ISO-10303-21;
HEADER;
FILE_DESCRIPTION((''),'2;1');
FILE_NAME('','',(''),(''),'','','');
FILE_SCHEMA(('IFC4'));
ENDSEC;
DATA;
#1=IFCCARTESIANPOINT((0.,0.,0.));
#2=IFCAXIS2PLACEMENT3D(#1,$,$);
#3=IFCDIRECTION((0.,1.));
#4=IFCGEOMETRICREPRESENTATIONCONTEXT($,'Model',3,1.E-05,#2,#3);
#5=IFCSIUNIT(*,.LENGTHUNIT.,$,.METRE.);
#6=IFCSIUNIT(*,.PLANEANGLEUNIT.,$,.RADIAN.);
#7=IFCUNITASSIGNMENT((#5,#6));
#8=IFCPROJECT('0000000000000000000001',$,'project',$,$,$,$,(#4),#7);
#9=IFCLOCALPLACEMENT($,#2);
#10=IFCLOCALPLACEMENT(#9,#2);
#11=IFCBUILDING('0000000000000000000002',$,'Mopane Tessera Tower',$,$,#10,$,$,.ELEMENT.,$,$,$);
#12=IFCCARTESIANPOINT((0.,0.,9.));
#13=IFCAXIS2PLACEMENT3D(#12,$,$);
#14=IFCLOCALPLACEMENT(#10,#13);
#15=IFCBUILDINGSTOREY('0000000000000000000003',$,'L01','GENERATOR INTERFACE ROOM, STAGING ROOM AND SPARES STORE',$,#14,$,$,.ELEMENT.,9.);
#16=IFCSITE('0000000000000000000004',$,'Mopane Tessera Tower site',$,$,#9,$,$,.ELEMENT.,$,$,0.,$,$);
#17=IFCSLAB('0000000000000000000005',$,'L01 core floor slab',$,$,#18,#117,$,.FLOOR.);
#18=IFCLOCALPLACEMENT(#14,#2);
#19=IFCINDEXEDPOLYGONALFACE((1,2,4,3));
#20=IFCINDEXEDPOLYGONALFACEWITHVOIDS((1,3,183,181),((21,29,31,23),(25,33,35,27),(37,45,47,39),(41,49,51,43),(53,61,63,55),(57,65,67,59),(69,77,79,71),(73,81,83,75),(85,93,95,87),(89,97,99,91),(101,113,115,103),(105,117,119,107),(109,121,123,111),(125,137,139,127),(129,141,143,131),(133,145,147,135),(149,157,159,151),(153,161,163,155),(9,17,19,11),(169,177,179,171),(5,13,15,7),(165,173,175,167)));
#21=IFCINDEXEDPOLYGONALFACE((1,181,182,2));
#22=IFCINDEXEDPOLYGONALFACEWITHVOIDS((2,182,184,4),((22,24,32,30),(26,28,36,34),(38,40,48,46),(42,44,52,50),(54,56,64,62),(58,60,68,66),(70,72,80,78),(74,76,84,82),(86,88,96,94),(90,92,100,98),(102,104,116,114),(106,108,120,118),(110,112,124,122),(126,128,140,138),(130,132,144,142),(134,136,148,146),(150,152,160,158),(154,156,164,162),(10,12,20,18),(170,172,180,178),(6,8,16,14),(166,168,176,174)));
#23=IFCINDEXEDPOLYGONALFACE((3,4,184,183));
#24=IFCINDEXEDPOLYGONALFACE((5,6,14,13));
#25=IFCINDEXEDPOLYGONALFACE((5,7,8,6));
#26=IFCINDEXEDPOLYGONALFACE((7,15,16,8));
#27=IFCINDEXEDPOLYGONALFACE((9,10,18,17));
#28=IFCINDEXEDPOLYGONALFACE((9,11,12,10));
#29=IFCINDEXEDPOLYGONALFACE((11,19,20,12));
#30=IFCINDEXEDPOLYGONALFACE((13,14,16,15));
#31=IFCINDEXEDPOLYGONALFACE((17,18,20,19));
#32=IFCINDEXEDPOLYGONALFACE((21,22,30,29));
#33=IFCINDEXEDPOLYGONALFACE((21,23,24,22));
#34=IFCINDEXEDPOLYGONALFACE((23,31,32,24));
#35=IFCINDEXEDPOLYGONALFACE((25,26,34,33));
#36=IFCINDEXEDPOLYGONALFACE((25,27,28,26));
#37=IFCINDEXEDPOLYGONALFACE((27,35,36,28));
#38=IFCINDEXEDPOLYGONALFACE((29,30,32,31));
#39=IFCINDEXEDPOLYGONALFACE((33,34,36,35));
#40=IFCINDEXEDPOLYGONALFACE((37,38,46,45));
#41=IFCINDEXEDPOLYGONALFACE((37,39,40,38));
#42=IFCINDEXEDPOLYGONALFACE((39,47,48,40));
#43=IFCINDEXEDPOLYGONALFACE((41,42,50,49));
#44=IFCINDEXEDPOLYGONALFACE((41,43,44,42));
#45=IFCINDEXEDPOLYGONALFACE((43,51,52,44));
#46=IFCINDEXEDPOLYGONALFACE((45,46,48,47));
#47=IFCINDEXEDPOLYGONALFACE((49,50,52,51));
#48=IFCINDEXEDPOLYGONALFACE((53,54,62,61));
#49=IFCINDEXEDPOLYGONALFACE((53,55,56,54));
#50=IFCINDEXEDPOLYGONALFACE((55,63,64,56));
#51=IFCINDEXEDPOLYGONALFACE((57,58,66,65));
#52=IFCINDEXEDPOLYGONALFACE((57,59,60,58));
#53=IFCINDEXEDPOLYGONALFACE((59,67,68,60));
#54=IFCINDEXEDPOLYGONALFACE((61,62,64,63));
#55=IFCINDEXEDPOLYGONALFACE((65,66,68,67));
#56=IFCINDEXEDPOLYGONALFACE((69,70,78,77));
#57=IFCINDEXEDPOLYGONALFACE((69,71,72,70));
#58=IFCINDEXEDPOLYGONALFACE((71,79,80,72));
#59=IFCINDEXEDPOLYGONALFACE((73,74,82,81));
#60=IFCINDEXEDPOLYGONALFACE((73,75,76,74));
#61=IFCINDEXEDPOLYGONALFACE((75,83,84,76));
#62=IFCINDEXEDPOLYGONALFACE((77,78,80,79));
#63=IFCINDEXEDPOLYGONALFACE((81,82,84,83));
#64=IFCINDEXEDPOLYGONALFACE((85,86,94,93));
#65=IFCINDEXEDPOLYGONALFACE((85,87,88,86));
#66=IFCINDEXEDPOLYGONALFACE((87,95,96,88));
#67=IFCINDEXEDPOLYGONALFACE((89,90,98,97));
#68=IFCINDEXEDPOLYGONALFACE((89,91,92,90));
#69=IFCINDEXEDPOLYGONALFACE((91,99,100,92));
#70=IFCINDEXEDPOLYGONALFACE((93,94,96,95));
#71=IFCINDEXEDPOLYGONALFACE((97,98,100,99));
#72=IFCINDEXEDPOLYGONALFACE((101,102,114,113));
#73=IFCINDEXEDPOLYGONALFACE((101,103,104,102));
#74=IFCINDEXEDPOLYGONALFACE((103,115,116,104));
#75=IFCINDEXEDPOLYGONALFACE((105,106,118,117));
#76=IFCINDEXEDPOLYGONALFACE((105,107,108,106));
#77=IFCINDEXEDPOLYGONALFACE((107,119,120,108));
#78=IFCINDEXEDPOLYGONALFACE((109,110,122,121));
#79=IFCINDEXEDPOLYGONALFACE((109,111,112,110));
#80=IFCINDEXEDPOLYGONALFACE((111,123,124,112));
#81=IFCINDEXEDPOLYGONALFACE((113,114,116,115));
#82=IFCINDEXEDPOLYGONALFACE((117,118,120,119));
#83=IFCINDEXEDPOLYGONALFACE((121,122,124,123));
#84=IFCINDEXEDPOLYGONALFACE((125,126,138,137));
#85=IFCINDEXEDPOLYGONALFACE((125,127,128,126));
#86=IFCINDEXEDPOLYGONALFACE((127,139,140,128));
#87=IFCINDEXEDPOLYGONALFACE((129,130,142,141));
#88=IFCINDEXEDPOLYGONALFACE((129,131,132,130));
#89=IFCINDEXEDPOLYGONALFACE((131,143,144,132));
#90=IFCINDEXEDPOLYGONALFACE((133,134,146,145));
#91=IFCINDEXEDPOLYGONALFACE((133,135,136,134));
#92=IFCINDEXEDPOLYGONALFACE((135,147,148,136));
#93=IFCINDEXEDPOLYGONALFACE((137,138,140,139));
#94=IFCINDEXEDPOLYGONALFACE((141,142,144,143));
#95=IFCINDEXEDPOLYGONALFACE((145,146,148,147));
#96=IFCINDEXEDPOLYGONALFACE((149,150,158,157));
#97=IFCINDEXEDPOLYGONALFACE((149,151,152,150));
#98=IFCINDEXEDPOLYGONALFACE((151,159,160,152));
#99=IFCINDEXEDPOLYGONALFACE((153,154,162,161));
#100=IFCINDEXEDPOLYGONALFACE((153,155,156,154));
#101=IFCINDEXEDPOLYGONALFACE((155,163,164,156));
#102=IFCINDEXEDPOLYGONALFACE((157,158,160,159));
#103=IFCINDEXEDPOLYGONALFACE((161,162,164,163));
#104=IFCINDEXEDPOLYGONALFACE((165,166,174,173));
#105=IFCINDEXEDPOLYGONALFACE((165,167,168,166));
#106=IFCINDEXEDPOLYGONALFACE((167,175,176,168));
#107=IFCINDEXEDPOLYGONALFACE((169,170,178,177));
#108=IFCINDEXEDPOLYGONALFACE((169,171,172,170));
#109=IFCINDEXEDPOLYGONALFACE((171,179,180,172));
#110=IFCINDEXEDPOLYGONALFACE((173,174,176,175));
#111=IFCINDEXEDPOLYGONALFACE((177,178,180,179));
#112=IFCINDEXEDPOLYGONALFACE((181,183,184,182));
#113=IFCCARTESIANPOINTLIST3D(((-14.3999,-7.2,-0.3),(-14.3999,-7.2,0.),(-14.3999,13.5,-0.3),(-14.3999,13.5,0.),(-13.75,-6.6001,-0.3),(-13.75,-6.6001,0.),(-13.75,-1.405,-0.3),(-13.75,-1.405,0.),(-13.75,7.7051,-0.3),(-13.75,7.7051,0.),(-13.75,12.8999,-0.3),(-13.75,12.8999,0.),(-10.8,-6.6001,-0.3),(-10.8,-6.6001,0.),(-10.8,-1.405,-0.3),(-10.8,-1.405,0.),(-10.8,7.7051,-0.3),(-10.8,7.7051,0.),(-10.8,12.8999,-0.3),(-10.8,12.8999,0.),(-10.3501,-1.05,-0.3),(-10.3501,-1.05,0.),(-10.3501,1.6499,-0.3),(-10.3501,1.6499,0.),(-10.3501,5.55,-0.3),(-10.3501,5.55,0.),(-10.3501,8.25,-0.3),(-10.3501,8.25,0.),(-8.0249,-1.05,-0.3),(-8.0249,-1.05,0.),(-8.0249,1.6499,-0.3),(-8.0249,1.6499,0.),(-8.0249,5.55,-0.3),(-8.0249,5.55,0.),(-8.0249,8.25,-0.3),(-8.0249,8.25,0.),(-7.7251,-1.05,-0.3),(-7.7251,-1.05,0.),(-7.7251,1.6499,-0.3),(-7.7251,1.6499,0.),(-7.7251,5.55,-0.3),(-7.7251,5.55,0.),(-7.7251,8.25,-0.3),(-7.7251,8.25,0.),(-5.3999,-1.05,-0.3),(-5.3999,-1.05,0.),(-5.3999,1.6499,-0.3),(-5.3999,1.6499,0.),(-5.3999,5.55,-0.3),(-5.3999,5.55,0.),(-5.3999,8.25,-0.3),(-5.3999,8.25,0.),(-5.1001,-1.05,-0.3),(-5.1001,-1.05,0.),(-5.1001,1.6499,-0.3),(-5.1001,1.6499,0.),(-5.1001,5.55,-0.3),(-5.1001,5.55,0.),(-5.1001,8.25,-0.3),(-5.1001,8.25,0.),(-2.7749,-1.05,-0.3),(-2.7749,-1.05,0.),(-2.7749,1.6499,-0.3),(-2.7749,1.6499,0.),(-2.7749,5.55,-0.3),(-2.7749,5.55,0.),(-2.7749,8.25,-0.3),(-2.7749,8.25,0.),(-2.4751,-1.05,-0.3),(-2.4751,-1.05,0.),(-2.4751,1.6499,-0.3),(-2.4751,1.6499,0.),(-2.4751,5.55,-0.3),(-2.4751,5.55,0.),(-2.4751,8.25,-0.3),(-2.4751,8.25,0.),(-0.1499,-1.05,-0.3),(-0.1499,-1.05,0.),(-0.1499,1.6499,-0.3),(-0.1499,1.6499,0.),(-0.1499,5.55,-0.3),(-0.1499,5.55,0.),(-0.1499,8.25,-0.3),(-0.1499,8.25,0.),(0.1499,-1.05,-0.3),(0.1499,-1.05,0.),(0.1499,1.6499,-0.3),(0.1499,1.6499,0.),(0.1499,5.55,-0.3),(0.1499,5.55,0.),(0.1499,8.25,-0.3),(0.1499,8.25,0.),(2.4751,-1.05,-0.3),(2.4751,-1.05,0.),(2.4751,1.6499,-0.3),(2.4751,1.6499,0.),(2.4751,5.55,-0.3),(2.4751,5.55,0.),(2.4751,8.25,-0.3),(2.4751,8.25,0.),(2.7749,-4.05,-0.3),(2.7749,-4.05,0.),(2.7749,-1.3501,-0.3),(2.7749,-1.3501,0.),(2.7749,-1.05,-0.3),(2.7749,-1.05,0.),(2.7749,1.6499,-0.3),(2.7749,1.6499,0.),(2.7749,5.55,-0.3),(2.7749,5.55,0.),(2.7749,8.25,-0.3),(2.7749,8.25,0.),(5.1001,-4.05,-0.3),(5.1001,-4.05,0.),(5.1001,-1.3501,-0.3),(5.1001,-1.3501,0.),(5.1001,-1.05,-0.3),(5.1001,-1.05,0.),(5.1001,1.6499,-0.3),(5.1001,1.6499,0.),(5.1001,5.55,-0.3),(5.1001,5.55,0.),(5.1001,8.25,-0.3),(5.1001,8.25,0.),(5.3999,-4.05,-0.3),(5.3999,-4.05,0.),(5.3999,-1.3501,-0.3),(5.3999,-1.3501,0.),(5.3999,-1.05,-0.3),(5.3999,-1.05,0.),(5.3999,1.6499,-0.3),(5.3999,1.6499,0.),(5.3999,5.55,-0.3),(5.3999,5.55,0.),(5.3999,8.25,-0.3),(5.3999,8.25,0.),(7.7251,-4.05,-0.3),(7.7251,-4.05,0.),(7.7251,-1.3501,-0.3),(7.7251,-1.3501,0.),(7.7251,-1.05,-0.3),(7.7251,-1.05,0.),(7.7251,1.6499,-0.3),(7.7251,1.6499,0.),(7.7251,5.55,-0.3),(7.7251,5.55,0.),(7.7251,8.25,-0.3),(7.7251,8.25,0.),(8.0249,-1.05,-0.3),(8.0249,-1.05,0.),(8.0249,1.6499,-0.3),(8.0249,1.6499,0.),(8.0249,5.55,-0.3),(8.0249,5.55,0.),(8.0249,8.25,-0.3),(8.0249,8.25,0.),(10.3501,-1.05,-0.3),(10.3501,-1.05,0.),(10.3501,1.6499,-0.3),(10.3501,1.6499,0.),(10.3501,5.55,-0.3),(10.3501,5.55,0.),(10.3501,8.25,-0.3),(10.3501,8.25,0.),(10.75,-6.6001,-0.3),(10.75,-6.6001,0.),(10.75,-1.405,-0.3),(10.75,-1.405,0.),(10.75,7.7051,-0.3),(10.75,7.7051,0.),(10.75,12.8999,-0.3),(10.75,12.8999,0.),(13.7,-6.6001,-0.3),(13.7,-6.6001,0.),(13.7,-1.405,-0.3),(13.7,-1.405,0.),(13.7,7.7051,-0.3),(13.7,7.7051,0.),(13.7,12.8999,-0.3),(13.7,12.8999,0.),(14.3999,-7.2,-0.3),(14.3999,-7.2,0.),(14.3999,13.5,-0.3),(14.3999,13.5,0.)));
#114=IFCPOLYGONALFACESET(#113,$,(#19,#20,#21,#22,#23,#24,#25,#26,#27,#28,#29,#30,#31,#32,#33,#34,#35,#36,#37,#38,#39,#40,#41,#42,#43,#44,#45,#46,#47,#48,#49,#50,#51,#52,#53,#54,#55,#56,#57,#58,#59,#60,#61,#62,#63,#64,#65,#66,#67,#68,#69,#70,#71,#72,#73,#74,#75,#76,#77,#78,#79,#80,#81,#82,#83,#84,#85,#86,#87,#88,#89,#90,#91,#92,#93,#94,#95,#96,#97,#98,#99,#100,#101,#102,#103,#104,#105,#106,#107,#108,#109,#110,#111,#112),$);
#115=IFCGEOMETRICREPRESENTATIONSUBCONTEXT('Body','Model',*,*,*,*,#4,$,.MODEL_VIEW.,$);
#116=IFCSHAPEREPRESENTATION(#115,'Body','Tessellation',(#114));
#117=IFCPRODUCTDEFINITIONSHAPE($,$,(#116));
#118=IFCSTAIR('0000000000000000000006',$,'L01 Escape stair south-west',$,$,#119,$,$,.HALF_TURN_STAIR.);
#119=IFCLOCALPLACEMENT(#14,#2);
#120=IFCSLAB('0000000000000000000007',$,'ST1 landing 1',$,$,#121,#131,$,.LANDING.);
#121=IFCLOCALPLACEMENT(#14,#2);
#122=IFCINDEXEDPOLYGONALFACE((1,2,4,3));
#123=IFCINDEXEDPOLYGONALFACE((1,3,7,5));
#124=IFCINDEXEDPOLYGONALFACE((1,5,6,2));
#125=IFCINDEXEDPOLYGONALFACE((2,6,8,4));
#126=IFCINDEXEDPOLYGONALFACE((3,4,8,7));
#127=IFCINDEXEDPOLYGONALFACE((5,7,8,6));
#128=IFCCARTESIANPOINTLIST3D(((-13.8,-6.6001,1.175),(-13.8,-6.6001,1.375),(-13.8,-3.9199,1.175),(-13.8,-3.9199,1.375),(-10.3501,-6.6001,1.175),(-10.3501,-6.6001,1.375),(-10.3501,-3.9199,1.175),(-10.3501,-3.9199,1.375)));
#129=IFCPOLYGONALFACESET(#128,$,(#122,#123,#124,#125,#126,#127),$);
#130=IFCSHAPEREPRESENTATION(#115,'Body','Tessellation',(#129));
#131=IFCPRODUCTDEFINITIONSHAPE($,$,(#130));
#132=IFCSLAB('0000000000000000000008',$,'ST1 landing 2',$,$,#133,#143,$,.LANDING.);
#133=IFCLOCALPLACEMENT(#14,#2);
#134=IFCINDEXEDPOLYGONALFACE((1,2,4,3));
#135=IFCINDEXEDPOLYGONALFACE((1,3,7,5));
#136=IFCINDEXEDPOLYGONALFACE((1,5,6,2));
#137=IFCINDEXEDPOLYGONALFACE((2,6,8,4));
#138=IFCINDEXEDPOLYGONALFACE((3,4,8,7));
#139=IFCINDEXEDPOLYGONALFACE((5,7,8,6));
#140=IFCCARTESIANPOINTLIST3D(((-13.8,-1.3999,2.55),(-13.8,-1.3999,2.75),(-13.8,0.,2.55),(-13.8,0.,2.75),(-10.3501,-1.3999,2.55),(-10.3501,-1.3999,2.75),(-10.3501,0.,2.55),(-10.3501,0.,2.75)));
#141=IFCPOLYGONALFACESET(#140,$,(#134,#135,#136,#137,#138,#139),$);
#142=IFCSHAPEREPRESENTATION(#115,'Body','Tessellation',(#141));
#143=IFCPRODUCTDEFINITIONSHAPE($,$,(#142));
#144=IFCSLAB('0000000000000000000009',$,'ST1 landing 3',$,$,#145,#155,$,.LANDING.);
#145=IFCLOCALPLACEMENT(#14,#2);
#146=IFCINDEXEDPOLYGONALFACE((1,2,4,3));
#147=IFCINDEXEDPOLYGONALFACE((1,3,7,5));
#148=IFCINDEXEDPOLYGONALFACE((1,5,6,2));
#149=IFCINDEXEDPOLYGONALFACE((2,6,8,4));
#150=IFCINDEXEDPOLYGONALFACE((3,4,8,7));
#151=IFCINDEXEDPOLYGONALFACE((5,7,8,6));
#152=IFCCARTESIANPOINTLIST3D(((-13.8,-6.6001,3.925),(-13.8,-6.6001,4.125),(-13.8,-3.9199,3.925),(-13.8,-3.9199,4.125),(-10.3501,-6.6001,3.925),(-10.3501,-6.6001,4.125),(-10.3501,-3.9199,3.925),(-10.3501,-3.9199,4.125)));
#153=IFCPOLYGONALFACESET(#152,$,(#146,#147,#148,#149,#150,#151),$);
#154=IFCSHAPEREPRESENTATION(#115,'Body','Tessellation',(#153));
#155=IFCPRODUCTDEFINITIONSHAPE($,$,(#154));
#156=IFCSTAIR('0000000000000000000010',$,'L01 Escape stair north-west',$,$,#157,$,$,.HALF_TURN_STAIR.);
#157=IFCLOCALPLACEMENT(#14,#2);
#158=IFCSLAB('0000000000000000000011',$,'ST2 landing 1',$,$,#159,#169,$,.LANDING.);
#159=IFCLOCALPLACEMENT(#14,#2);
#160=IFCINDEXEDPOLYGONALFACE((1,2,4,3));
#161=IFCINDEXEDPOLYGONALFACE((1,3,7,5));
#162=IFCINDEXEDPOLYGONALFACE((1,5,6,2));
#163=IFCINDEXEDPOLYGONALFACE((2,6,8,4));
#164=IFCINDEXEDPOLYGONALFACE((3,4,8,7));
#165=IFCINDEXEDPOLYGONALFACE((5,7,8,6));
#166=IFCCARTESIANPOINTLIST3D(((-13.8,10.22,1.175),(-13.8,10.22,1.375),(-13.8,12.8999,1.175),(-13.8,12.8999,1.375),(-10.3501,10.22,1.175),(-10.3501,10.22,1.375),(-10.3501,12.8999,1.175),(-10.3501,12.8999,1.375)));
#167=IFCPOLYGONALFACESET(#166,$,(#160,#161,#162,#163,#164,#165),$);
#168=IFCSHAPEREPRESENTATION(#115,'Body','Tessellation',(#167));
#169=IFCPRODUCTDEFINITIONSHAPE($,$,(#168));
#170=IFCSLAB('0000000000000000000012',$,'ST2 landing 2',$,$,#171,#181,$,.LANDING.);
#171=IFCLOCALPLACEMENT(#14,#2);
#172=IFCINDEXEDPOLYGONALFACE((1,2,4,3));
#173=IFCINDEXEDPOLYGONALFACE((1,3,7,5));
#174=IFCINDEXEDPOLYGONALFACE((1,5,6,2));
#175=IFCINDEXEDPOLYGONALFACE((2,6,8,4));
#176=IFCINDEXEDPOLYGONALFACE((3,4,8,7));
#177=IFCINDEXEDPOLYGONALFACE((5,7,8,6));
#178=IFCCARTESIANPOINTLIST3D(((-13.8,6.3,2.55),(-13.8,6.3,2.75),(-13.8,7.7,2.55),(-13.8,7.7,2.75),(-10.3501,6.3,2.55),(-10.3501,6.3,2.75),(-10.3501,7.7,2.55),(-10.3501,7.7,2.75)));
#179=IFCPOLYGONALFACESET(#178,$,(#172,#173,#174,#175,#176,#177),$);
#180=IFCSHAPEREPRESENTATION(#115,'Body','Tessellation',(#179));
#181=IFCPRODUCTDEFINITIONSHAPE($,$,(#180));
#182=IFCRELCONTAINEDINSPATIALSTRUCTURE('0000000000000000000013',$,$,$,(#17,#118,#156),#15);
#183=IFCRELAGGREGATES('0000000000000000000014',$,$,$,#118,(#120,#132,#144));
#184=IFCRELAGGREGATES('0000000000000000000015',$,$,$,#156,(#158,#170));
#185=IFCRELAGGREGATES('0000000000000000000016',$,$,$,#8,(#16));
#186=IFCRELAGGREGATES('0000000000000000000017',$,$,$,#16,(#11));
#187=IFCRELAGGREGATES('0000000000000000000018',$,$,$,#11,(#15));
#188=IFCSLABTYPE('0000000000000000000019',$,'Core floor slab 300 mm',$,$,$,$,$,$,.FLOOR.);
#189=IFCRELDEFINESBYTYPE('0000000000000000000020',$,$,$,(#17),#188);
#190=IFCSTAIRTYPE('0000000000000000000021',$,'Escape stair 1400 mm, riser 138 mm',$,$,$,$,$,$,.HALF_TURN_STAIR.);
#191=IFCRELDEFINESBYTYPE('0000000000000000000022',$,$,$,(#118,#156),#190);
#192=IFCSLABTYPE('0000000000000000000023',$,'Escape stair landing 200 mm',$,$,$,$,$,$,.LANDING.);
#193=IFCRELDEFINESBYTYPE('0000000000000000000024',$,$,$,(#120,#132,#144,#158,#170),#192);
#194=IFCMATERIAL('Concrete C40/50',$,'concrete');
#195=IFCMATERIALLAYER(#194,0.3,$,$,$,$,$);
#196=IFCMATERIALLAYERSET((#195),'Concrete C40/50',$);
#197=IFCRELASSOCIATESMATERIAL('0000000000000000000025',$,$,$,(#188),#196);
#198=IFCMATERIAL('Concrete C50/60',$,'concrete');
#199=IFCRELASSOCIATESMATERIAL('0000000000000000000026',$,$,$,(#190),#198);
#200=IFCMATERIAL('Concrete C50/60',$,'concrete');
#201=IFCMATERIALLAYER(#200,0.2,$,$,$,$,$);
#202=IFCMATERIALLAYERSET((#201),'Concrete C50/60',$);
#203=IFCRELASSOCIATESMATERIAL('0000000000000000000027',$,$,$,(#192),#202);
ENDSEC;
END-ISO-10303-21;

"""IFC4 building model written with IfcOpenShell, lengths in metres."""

from ifc_helpers import new_model, si_unit, direction, frame, origin, place, context, subcontext, project, spatial, polyline, outline, extrude, material, layer, layer_set, type_object, element, aggregate, save


model = new_model("IFC4")

# Units and contexts
model_context = context("Model", 3, precision=1e-05, world=origin(), true_north=direction((0.0, 1.0)))
body_context = subcontext(model_context, "Body", "Model", "MODEL_VIEW")
ifc_project = project(units=[si_unit("LENGTHUNIT", "METRE"), si_unit("PLANEANGLEUNIT", "RADIAN")], contexts=[model_context])

# Site, building, storey
site_placement = place(None, origin())
site = spatial("IfcSite", under=ifc_project, at=site_placement, Name="Mopane Tessera Tower site", CompositionType="ELEMENT", RefElevation=0.0)
building_placement = place(site_placement, origin())
building = spatial("IfcBuilding", under=site, at=building_placement, Name="Mopane Tessera Tower", CompositionType="ELEMENT")
storey_placement = place(building_placement, frame((0.0, 0.0, 9.0)))
storey = spatial("IfcBuildingStorey", under=building, at=storey_placement, Name="L01", Description="GENERATOR INTERFACE ROOM, STAGING ROOM AND SPARES STORE", CompositionType="ELEMENT", Elevation=9.0)

# Slab
ifc_material_1 = material(Name="Concrete C40/50", Category="concrete")
ifc_layer_1 = layer(ifc_material_1, 0.3)
ifc_layer_set_1 = layer_set([ifc_layer_1], Name="Concrete C40/50")
slab_type_1 = type_object("IfcSlabType", Name="Core floor slab 300 mm", PredefinedType="FLOOR", material=ifc_layer_set_1)
slab_1_placement = place(storey_placement, frame((0.0, 0.0, -0.3)))
element("IfcSlab", 1, at=slab_1_placement, inside=storey, type_object=slab_type_1, Name="L01 core floor slab", PredefinedType="FLOOR", context=body_context, shape_type="SweptSolid", body=[
    extrude(outline(polyline([(-14.3999, -7.2), (14.3999, -7.2), (14.3999, 13.5), (-14.3999, 13.5), (-14.3999, -7.2)]), holes=[polyline([(-10.3501, -1.05), (-8.0249, -1.05), (-8.0249, 1.6499), (-10.3501, 1.6499), (-10.3501, -1.05)]), polyline([(-7.7251, -1.05), (-5.3999, -1.05), (-5.3999, 1.6499), (-7.7251, 1.6499), (-7.7251, -1.05)]), polyline([(-5.1001, -1.05), (-2.7749, -1.05), (-2.7749, 1.6499), (-5.1001, 1.6499), (-5.1001, -1.05)]), polyline([(-2.4751, -1.05), (-0.1499, -1.05), (-0.1499, 1.6499), (-2.4751, 1.6499), (-2.4751, -1.05)]), polyline([(0.1499, -1.05), (2.4751, -1.05), (2.4751, 1.6499), (0.1499, 1.6499), (0.1499, -1.05)]), polyline([(2.7749, -1.05), (5.1001, -1.05), (5.1001, 1.6499), (2.7749, 1.6499), (2.7749, -1.05)]), polyline([(5.3999, -1.05), (7.7251, -1.05), (7.7251, 1.6499), (5.3999, 1.6499), (5.3999, -1.05)]), polyline([(8.0249, -1.05), (10.3501, -1.05), (10.3501, 1.6499), (8.0249, 1.6499), (8.0249, -1.05)]), polyline([(-10.3501, 5.55), (-8.0249, 5.55), (-8.0249, 8.25), (-10.3501, 8.25), (-10.3501, 5.55)]), polyline([(-7.7251, 5.55), (-5.3999, 5.55), (-5.3999, 8.25), (-7.7251, 8.25), (-7.7251, 5.55)]), polyline([(-5.1001, 5.55), (-2.7749, 5.55), (-2.7749, 8.25), (-5.1001, 8.25), (-5.1001, 5.55)]), polyline([(-2.4751, 5.55), (-0.1499, 5.55), (-0.1499, 8.25), (-2.4751, 8.25), (-2.4751, 5.55)]), polyline([(0.1499, 5.55), (2.4751, 5.55), (2.4751, 8.25), (0.1499, 8.25), (0.1499, 5.55)]), polyline([(2.7749, 5.55), (5.1001, 5.55), (5.1001, 8.25), (2.7749, 8.25), (2.7749, 5.55)]), polyline([(5.3999, 5.55), (7.7251, 5.55), (7.7251, 8.25), (5.3999, 8.25), (5.3999, 5.55)]), polyline([(8.0249, 5.55), (10.3501, 5.55), (10.3501, 8.25), (8.0249, 8.25), (8.0249, 5.55)]), polyline([(2.7749, -4.05), (5.1001, -4.05), (5.1001, -1.3501), (2.7749, -1.3501), (2.7749, -4.05)]), polyline([(5.3999, -4.05), (7.7251, -4.05), (7.7251, -1.3501), (5.3999, -1.3501), (5.3999, -4.05)]), polyline([(-13.75, -1.405), (-13.75, -6.6001), (-10.8, -6.6001), (-10.8, -1.405), (-13.75, -1.405)]), polyline([(-10.8, 7.7051), (-10.8, 12.8999), (-13.75, 12.8999), (-13.75, 7.7051), (-10.8, 7.7051)]), polyline([(10.75, -1.405), (10.75, -6.6001), (13.7, -6.6001), (13.7, -1.405), (10.75, -1.405)]), polyline([(13.7, 7.7051), (13.7, 12.8999), (10.75, 12.8999), (10.75, 7.7051), (13.7, 7.7051)])]), origin(), (0.0, 0.0, 1.0), 0.3),
])

# Stairs, slabs
ifc_material_2 = material(Name="Concrete C50/60", Category="concrete")
stair_type = type_object("IfcStairType", Name="Escape stair 1400 mm, riser 138 mm", PredefinedType="HALF_TURN_STAIR", material=ifc_material_2)
stair_1_placement = place(storey_placement, origin())
stair_1 = element("IfcStair", 2, at=stair_1_placement, inside=storey, type_object=stair_type, Name="L01 Escape stair south-west", PredefinedType="HALF_TURN_STAIR")
ifc_material_3 = material(Name="Concrete C50/60", Category="concrete")
ifc_layer_2 = layer(ifc_material_3, 0.2)
ifc_layer_set_2 = layer_set([ifc_layer_2], Name="Concrete C50/60")
slab_type_2 = type_object("IfcSlabType", Name="Escape stair landing 200 mm", PredefinedType="LANDING", material=ifc_layer_set_2)
slab_2_placement = place(storey_placement, frame((0.0, 0.0, 1.175)))
slab_2 = element("IfcSlab", 3, at=slab_2_placement, type_object=slab_type_2, Name="ST1 landing 1", PredefinedType="LANDING", context=body_context, shape_type="SweptSolid", body=[
    extrude(outline(polyline([(-13.8, -3.9199), (-13.8, -6.6001), (-10.3501, -6.6001), (-10.3501, -3.9199), (-13.8, -3.9199)])), origin(), (0.0, 0.0, 1.0), 0.2),
])
slab_3_placement = place(storey_placement, frame((0.0, 0.0, 2.55)))
slab_3 = element("IfcSlab", 4, at=slab_3_placement, type_object=slab_type_2, Name="ST1 landing 2", PredefinedType="LANDING", context=body_context, shape_type="SweptSolid", body=[
    extrude(outline(polyline([(-13.8, 0.0), (-13.8, -1.3999), (-10.3501, -1.3999), (-10.3501, 0.0), (-13.8, 0.0)])), origin(), (0.0, 0.0, 1.0), 0.2),
])
slab_4_placement = place(storey_placement, frame((0.0, 0.0, 3.925)))
slab_4 = element("IfcSlab", 5, at=slab_4_placement, type_object=slab_type_2, Name="ST1 landing 3", PredefinedType="LANDING", context=body_context, shape_type="SweptSolid", body=[
    extrude(outline(polyline([(-13.8, -3.9199), (-13.8, -6.6001), (-10.3501, -6.6001), (-10.3501, -3.9199), (-13.8, -3.9199)])), origin(), (0.0, 0.0, 1.0), 0.2),
])
aggregate(stair_1, [slab_2, slab_3, slab_4])
stair_2_placement = place(storey_placement, origin())
stair_2 = element("IfcStair", 6, at=stair_2_placement, inside=storey, type_object=stair_type, Name="L01 Escape stair north-west", PredefinedType="HALF_TURN_STAIR")
slab_5_placement = place(storey_placement, frame((0.0, 0.0, 1.175)))
slab_5 = element("IfcSlab", 7, at=slab_5_placement, type_object=slab_type_2, Name="ST2 landing 1", PredefinedType="LANDING", context=body_context, shape_type="SweptSolid", body=[
    extrude(outline(polyline([(-10.3501, 10.22), (-10.3501, 12.8999), (-13.8, 12.8999), (-13.8, 10.22), (-10.3501, 10.22)])), origin(), (0.0, 0.0, 1.0), 0.2),
])
slab_6_placement = place(storey_placement, frame((0.0, 0.0, 2.55)))
slab_6 = element("IfcSlab", 8, at=slab_6_placement, type_object=slab_type_2, Name="ST2 landing 2", PredefinedType="LANDING", context=body_context, shape_type="SweptSolid", body=[
    extrude(outline(polyline([(-10.3501, 6.3), (-10.3501, 7.7), (-13.8, 7.7), (-13.8, 6.3), (-10.3501, 6.3)])), origin(), (0.0, 0.0, 1.0), 0.2),
])
aggregate(stair_2, [slab_5, slab_6])

save(model, "model.ifc")
